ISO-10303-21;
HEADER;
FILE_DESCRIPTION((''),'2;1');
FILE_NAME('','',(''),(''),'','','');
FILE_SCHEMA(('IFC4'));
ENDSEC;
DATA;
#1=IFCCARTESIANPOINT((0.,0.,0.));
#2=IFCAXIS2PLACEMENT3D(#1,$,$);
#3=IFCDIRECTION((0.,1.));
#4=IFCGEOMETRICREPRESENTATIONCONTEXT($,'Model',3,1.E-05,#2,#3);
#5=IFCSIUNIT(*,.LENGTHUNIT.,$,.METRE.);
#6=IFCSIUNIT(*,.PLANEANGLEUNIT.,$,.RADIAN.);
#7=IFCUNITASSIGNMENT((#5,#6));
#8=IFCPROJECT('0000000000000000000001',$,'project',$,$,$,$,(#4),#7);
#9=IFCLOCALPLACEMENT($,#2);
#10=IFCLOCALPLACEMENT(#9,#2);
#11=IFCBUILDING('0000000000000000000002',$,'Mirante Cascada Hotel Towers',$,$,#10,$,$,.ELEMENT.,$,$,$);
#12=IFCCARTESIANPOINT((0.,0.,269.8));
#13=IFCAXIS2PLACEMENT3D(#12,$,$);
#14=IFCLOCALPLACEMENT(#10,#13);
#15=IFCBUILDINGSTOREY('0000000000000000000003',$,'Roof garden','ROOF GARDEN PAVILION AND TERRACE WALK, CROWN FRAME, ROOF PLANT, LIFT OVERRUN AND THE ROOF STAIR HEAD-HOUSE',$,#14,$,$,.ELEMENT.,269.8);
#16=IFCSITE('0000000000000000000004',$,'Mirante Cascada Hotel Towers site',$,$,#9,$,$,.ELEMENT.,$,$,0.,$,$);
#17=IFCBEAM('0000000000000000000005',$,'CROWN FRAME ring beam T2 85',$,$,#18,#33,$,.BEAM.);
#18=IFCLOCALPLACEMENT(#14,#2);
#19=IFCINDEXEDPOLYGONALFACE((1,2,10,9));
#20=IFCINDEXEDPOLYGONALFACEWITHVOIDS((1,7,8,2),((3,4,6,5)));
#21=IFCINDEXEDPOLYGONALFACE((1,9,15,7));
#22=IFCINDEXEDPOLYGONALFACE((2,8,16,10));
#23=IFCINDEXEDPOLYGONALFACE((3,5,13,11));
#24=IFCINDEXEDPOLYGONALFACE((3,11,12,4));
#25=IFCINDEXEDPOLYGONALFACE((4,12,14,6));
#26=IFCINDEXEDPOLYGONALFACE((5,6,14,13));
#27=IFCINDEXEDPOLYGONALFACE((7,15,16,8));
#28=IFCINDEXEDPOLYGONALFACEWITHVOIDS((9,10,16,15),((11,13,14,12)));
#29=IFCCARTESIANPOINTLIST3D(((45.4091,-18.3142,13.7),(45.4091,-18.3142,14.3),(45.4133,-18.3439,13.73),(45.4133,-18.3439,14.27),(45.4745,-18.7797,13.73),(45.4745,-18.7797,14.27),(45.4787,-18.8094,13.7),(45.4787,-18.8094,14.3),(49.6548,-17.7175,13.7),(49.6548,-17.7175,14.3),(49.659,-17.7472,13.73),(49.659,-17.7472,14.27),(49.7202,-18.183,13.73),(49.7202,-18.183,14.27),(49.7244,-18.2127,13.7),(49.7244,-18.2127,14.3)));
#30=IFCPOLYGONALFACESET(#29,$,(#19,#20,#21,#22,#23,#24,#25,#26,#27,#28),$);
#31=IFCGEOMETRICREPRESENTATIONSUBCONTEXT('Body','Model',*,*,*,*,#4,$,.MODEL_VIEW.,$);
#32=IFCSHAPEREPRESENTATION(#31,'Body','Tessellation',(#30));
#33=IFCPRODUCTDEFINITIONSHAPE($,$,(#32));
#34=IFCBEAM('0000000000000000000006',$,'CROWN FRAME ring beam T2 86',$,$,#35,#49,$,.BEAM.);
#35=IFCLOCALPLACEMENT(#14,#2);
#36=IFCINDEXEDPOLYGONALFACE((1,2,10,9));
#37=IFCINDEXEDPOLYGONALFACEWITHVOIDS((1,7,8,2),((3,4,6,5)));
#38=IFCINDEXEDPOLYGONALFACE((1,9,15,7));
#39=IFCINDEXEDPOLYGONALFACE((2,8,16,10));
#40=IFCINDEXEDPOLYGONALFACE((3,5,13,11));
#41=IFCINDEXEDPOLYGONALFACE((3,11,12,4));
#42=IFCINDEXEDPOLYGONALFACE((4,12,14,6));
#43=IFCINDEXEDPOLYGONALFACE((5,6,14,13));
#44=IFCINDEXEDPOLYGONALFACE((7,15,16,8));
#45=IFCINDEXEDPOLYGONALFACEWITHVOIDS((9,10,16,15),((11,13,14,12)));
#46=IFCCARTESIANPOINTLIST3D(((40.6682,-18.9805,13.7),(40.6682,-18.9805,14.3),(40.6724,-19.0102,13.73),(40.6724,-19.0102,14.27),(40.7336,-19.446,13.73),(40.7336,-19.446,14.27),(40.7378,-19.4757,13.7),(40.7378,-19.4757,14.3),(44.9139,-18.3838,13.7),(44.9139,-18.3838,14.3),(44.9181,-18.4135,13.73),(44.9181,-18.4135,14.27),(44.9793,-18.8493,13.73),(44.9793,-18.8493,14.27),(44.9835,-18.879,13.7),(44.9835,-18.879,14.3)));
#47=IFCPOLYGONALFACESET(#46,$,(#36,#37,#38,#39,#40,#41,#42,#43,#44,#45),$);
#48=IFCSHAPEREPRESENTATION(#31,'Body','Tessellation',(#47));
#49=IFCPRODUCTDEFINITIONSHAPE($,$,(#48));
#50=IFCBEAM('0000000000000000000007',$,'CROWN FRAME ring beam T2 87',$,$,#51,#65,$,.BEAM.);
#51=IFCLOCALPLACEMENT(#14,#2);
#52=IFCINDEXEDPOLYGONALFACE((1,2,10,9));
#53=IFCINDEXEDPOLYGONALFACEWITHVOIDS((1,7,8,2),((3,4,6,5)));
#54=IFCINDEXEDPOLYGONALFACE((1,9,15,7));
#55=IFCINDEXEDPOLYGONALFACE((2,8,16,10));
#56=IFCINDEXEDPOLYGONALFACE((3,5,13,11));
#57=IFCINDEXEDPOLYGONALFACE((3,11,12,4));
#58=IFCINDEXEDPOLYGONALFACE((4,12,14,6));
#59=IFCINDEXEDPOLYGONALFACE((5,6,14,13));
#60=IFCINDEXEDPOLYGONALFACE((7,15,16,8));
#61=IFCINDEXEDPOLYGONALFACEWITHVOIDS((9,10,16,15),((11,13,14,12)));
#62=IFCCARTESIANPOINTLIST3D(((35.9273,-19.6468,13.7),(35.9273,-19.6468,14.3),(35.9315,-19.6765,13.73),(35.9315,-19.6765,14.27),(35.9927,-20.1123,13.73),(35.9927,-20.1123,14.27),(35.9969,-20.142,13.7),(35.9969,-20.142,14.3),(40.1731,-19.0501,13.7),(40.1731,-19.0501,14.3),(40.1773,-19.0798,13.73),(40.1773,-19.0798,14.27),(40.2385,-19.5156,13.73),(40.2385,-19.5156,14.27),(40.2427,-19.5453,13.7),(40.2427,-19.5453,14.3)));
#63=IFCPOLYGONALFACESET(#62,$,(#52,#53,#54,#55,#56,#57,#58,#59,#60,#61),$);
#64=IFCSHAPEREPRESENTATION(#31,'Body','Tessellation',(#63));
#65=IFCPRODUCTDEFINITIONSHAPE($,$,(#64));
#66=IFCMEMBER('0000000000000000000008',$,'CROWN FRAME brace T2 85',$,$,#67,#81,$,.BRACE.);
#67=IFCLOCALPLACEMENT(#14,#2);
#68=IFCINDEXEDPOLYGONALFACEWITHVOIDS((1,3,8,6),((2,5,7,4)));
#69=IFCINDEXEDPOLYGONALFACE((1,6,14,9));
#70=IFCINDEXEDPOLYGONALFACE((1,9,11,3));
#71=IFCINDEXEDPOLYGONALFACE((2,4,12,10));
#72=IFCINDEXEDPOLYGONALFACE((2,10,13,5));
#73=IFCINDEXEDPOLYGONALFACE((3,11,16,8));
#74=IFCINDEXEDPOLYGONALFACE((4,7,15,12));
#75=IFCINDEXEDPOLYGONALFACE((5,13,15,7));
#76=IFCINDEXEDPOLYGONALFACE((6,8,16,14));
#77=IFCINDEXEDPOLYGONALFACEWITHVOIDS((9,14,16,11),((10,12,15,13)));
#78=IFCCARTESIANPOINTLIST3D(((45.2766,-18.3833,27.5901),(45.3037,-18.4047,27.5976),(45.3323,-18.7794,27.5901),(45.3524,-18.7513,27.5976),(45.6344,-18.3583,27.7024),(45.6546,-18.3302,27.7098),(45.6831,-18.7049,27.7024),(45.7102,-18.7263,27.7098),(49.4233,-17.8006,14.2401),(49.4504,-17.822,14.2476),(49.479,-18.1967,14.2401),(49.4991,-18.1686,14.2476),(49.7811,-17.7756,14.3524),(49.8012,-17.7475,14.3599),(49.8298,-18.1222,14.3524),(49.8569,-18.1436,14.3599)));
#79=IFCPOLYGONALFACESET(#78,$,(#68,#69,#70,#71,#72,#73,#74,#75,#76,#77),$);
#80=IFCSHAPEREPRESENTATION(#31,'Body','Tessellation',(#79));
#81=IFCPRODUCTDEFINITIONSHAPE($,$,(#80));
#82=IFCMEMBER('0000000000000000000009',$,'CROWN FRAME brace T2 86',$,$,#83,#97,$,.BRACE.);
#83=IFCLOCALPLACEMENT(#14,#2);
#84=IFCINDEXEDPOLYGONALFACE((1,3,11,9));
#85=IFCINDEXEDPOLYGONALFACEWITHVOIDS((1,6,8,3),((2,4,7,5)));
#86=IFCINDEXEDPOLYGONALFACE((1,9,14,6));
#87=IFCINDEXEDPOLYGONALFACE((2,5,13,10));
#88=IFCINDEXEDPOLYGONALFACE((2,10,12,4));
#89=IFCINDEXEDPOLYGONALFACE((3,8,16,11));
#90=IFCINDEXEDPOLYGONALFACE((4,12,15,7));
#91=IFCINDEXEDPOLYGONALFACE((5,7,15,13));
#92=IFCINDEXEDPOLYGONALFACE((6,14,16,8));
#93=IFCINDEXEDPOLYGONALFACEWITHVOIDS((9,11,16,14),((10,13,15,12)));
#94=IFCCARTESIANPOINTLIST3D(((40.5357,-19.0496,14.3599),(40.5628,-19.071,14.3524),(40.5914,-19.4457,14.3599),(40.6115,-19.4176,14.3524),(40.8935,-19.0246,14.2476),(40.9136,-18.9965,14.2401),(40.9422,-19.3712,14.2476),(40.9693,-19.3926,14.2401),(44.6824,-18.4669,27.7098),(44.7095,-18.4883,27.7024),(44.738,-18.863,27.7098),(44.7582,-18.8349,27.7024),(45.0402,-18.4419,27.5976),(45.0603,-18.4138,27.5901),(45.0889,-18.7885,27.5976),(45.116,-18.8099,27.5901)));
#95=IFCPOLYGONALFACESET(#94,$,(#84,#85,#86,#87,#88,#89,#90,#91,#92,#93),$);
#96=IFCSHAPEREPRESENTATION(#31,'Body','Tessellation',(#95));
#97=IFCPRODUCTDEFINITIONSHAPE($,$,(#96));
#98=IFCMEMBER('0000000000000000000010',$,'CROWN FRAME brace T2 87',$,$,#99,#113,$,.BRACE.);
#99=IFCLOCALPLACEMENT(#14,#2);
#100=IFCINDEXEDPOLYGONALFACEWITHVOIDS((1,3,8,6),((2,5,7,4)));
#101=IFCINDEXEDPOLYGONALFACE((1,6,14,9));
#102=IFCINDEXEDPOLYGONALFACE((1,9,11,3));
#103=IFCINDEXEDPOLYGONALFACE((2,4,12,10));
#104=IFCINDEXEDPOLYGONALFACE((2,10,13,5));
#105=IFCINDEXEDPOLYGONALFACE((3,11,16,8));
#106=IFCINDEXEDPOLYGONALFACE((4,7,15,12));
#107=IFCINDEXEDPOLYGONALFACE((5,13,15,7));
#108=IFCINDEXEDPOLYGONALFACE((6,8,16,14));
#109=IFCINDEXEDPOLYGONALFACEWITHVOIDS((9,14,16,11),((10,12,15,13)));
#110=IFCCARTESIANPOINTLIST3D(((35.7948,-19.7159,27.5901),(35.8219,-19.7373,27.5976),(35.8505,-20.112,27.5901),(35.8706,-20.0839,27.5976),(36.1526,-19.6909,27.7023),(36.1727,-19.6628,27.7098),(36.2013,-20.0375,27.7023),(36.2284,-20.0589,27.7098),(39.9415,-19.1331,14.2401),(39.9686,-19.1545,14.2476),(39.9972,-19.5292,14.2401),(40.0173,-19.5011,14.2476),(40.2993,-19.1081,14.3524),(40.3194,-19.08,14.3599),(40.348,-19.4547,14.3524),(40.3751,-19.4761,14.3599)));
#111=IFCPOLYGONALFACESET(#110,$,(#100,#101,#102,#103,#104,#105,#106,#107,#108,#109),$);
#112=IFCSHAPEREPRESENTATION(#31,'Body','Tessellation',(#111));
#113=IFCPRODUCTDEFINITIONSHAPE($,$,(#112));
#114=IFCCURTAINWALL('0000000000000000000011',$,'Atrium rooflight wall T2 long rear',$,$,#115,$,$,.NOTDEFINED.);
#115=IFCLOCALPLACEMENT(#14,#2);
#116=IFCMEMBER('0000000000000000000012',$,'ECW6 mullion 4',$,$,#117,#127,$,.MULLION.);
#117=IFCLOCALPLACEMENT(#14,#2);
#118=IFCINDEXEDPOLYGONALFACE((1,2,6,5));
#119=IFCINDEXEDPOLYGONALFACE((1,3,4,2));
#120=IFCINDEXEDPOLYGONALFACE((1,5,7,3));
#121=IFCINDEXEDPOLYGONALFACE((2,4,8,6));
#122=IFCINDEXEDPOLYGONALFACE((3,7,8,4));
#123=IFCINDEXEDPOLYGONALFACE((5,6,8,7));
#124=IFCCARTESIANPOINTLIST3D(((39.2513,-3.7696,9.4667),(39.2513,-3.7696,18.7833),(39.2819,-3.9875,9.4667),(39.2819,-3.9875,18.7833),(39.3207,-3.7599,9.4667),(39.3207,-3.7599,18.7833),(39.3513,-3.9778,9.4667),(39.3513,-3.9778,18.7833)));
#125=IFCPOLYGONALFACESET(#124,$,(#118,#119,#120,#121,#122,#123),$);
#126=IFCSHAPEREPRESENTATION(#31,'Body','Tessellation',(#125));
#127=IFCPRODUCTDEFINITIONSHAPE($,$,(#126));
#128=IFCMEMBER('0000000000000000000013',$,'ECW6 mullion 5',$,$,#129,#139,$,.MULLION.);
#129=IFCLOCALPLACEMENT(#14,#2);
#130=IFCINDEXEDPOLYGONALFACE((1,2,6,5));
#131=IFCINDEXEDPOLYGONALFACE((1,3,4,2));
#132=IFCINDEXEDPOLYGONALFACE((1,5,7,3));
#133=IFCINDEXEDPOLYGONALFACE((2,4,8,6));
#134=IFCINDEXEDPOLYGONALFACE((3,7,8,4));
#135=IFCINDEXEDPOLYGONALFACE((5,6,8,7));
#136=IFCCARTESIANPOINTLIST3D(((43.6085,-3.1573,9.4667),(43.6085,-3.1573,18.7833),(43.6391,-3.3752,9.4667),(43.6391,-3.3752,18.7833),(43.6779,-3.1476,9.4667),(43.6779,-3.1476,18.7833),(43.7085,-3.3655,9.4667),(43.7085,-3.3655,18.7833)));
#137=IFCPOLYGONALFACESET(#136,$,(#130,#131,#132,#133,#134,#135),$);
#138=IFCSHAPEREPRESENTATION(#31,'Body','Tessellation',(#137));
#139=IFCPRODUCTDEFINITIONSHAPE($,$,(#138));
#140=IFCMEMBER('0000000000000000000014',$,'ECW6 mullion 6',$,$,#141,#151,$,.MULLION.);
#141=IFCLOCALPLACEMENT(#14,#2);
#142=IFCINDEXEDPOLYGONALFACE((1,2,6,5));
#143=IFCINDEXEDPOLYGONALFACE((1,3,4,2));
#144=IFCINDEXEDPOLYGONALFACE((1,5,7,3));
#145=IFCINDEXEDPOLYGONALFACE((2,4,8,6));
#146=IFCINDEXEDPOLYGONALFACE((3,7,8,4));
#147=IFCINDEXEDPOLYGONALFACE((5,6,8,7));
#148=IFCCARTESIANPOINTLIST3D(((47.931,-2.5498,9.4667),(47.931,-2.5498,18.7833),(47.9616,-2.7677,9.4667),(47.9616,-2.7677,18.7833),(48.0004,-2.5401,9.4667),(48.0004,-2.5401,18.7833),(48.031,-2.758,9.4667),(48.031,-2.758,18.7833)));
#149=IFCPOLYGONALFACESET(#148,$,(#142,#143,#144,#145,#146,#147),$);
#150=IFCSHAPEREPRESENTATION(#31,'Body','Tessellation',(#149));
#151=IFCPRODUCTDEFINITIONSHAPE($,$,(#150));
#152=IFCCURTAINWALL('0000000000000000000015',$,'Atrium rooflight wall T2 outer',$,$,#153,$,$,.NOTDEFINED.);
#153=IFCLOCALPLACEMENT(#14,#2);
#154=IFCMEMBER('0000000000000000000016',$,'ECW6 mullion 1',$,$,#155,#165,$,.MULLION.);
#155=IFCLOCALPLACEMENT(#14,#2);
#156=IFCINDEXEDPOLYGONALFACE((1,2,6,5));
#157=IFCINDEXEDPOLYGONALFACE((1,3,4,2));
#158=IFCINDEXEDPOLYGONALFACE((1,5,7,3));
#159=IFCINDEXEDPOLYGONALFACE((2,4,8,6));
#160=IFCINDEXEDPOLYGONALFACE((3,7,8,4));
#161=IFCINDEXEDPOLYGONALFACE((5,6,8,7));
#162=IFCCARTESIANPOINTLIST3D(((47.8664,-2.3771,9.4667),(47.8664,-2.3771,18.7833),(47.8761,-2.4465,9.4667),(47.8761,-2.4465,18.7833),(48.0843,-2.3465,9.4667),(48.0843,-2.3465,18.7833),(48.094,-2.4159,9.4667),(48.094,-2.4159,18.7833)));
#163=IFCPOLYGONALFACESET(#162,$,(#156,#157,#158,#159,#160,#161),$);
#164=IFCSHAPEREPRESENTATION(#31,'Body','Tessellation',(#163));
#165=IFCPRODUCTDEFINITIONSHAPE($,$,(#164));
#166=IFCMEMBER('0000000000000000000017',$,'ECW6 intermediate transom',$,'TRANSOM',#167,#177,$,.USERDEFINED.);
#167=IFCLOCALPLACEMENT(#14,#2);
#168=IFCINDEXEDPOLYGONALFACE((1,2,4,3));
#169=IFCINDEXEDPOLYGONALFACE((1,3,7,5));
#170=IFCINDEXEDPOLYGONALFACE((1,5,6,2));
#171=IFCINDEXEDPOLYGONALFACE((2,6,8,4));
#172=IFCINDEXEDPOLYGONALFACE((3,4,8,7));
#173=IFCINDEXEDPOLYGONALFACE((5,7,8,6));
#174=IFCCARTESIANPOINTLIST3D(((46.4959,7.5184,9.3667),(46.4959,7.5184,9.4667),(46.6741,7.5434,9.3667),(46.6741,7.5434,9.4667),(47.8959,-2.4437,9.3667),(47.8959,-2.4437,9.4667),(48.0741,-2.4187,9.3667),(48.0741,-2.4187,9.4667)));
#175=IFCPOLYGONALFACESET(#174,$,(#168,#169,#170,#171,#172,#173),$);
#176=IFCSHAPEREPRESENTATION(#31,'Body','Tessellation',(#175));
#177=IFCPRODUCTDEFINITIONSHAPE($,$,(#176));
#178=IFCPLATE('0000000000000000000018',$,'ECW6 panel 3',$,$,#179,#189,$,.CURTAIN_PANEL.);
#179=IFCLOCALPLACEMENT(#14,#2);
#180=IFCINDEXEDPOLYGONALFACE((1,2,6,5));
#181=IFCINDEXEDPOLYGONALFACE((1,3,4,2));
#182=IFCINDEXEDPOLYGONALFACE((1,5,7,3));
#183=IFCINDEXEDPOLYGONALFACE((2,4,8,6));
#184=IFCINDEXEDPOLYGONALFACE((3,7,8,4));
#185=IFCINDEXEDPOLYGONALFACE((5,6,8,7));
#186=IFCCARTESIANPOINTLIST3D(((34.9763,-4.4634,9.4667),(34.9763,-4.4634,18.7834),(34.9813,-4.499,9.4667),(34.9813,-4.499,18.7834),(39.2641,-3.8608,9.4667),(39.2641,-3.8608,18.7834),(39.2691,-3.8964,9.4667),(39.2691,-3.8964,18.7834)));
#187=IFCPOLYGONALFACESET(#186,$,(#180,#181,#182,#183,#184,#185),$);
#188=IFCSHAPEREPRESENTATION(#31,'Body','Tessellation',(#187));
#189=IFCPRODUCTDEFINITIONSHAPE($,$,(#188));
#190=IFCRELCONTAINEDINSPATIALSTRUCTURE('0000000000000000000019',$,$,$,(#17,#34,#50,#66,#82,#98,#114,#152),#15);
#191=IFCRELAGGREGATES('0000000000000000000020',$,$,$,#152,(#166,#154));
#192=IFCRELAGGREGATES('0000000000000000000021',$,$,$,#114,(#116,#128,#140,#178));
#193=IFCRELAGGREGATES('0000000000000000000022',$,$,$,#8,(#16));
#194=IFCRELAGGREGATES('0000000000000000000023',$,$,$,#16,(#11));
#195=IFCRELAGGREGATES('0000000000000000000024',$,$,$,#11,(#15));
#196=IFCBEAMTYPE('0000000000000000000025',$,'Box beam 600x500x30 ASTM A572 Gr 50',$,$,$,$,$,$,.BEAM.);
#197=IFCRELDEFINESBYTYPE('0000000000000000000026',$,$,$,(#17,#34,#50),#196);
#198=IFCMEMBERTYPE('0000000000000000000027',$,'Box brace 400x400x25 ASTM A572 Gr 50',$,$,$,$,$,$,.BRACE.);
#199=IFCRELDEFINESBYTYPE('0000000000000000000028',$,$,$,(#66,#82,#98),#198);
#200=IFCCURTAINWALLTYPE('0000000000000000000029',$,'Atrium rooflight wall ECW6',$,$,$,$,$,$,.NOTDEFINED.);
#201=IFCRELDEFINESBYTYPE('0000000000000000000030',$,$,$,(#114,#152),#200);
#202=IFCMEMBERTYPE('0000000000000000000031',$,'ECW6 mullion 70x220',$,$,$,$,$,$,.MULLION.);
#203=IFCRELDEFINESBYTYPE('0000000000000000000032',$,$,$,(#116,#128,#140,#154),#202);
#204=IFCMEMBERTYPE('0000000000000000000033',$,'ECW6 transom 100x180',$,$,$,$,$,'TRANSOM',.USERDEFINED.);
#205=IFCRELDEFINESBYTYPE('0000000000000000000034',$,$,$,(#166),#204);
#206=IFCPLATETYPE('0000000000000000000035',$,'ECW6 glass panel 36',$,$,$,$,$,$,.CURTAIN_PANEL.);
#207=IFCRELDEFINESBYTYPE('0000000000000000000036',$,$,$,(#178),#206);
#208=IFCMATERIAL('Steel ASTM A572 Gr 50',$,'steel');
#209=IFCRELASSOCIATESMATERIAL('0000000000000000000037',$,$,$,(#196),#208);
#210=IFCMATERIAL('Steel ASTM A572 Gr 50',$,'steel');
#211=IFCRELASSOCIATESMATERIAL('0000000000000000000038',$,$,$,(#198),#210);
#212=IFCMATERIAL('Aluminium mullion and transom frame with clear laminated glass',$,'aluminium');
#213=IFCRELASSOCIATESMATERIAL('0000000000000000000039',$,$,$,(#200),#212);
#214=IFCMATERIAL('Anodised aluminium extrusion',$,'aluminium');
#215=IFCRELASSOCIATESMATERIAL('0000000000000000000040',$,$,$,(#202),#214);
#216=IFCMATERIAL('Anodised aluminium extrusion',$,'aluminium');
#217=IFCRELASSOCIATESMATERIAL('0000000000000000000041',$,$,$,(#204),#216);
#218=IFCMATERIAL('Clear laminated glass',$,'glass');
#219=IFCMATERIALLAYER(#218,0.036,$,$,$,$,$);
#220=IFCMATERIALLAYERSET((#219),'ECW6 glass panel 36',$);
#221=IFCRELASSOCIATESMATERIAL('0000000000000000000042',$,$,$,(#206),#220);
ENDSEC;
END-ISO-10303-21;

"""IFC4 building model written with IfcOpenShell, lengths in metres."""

from ifc_helpers import new_model, si_unit, direction, frame, origin, origin_2d, place, context, subcontext, project, spatial, rectangle, hollow_rectangle, extrude, material, layer, layer_set, material_profile, profile_set, type_object, element, aggregate, save


model = new_model("IFC4")

# Units and contexts
model_context = context("Model", 3, precision=1e-05, world=origin(), true_north=direction((0.0, 1.0)))
body_context = subcontext(model_context, "Body", "Model", "MODEL_VIEW")
ifc_project = project(units=[si_unit("LENGTHUNIT", "METRE"), si_unit("PLANEANGLEUNIT", "RADIAN")], contexts=[model_context])

# Site, building, storey
site_placement = place(None, origin())
site = spatial("IfcSite", under=ifc_project, at=site_placement, Name="Mirante Cascada Hotel Towers site", CompositionType="ELEMENT", RefElevation=0.0)
building_placement = place(site_placement, origin())
building = spatial("IfcBuilding", under=site, at=building_placement, Name="Mirante Cascada Hotel Towers", CompositionType="ELEMENT")
storey_placement = place(building_placement, frame((0.0, 0.0, 269.8)))
storey = spatial("IfcBuildingStorey", under=building, at=storey_placement, Name="Roof garden", Description="ROOF GARDEN PAVILION AND TERRACE WALK, CROWN FRAME, ROOF PLANT, LIFT OVERRUN AND THE ROOF STAIR HEAD-HOUSE", CompositionType="ELEMENT", Elevation=269.8)

# Beams
ifc_material_1 = material(Name="Steel ASTM A572 Gr 50", Category="steel")
ifc_material_profile_1 = material_profile(ifc_material_1, hollow_rectangle(XDim=0.5, YDim=0.6, WallThickness=0.03, at=origin_2d()), Name="Box beam 600x500x30 ASTM A572 Gr 50")
ifc_profile_set_1 = profile_set([ifc_material_profile_1], Name="Steel ASTM A572 Gr 50")
beam_type = type_object("IfcBeamType", Name="Box beam 600x500x30 ASTM A572 Gr 50", PredefinedType="BEAM", material=ifc_profile_set_1)
for number, where, z_axis, x_axis, name in (
    (1, (49.6896, -17.9651, 14.0), (-0.990268, -0.139174, 0.0), (0.139174, -0.990268, 0.0), "CROWN FRAME ring beam T2 85"),
    (2, (44.9487, -18.6314, 14.0), (-0.990268, -0.139174, 0.0), (0.139174, -0.990268, 0.0), "CROWN FRAME ring beam T2 86"),
):
    element("IfcBeam", number, at=place(storey_placement, frame(where, z_axis=z_axis, x_axis=x_axis)), inside=storey, type_object=beam_type, Name=name, PredefinedType="BEAM", context=body_context, shape_type="SweptSolid", body=[
        extrude(hollow_rectangle(XDim=0.5, YDim=0.6, WallThickness=0.03, at=origin_2d()), origin(), (0.0, 0.0, 1.0), 4.2874),
    ])
beam_placement = place(storey_placement, frame((40.2079, -19.2977, 14.0), z_axis=(-0.990268, -0.139171, 0.0), x_axis=(0.139171, -0.990268, 0.0)))
element("IfcBeam", 3, at=beam_placement, inside=storey, type_object=beam_type, Name="CROWN FRAME ring beam T2 87", PredefinedType="BEAM", context=body_context, shape_type="SweptSolid", body=[
    extrude(hollow_rectangle(XDim=0.5, YDim=0.6, WallThickness=0.03, at=origin_2d()), origin(), (0.0, 0.0, 1.0), 4.2875),
])

# Members
ifc_material_2 = material(Name="Steel ASTM A572 Gr 50", Category="steel")
ifc_material_profile_2 = material_profile(ifc_material_2, hollow_rectangle(XDim=0.4, YDim=0.4, WallThickness=0.025, at=origin_2d()), Name="Box brace 400x400x25 ASTM A572 Gr 50")
ifc_profile_set_2 = profile_set([ifc_material_profile_2], Name="Steel ASTM A572 Gr 50")
member_type_1 = type_object("IfcMemberType", Name="Box brace 400x400x25 ASTM A572 Gr 50", PredefinedType="BRACE", material=ifc_profile_set_2)
for number, where, z_axis, x_axis, name in (
    (4, (49.6401, -17.9721, 14.3), (-0.296376, -0.041647, 0.954163), (0.139154, -0.990271, 0.0), "CROWN FRAME brace T2 85"),
    (5, (40.7525, -19.2211, 14.3), (0.296376, 0.041647, 0.954163), (-0.139154, 0.990271, 0.0), "CROWN FRAME brace T2 86"),
    (6, (40.1583, -19.3046, 14.3), (-0.296376, -0.041654, 0.954162), (0.139178, -0.990267, 0.0), "CROWN FRAME brace T2 87"),
):
    element("IfcMember", number, at=place(storey_placement, frame(where, z_axis=z_axis, x_axis=x_axis)), inside=storey, type_object=member_type_1, Name=name, PredefinedType="BRACE", context=body_context, shape_type="SweptSolid", body=[
        extrude(hollow_rectangle(XDim=0.4, YDim=0.4, WallThickness=0.025, at=origin_2d()), origin(), (0.0, 0.0, 1.0), 13.9913),
    ])

# Curtain walls, members
ifc_material_3 = material(Name="Aluminium mullion and transom frame with clear laminated glass", Category="aluminium")
curtain_wall_type = type_object("IfcCurtainWallType", Name="Atrium rooflight wall ECW6", PredefinedType="NOTDEFINED", material=ifc_material_3)
curtain_wall_1_placement = place(storey_placement, origin())
curtain_wall_1 = element("IfcCurtainWall", 7, at=curtain_wall_1_placement, inside=storey, type_object=curtain_wall_type, Name="Atrium rooflight wall T2 long rear", PredefinedType="NOTDEFINED")
ifc_material_4 = material(Name="Anodised aluminium extrusion", Category="aluminium")
ifc_material_profile_3 = material_profile(ifc_material_4, rectangle(XDim=0.22, YDim=0.07, at=origin_2d()), Name="ECW6 MULLION 70x220")
ifc_profile_set_3 = profile_set([ifc_material_profile_3], Name="Anodised aluminium extrusion")
member_type_2 = type_object("IfcMemberType", Name="ECW6 mullion 70x220", PredefinedType="MULLION", material=ifc_profile_set_3)
member_1_placement = place(storey_placement, frame((39.3013, -3.8737, 9.4667), z_axis=(0.0, 0.0, 1.0), x_axis=(-0.139173, 0.990268, 0.0)))
member_1 = element("IfcMember", 8, at=member_1_placement, type_object=member_type_2, Name="ECW6 mullion 4", PredefinedType="MULLION", context=body_context, shape_type="SweptSolid", body=[
    extrude(rectangle(XDim=0.22, YDim=0.07, at=origin_2d()), origin(), (0.0, 0.0, 1.0), 9.3166),
])
member_2_placement = place(storey_placement, frame((43.6585, -3.2614, 9.4667), z_axis=(0.0, 0.0, 1.0), x_axis=(-0.139173, 0.990268, 0.0)))
member_2 = element("IfcMember", 9, at=member_2_placement, type_object=member_type_2, Name="ECW6 mullion 5", PredefinedType="MULLION", context=body_context, shape_type="SweptSolid", body=[
    extrude(rectangle(XDim=0.22, YDim=0.07, at=origin_2d()), origin(), (0.0, 0.0, 1.0), 9.3166),
])
member_3_placement = place(storey_placement, frame((47.981, -2.6539, 9.4667), z_axis=(0.0, 0.0, 1.0), x_axis=(-0.139173, 0.990268, 0.0)))
member_3 = element("IfcMember", 10, at=member_3_placement, type_object=member_type_2, Name="ECW6 mullion 6", PredefinedType="MULLION", context=body_context, shape_type="SweptSolid", body=[
    extrude(rectangle(XDim=0.22, YDim=0.07, at=origin_2d()), origin(), (0.0, 0.0, 1.0), 9.3166),
])
curtain_wall_2_placement = place(storey_placement, origin())
curtain_wall_2 = element("IfcCurtainWall", 11, at=curtain_wall_2_placement, inside=storey, type_object=curtain_wall_type, Name="Atrium rooflight wall T2 outer", PredefinedType="NOTDEFINED")
member_4_placement = place(storey_placement, frame((47.9802, -2.3965, 9.4667), z_axis=(0.0, 0.0, 1.0), x_axis=(-0.990268, -0.139173, 0.0)))
member_4 = element("IfcMember", 12, at=member_4_placement, type_object=member_type_2, Name="ECW6 mullion 1", PredefinedType="MULLION", context=body_context, shape_type="SweptSolid", body=[
    extrude(rectangle(XDim=0.22, YDim=0.07, at=origin_2d()), origin(), (0.0, 0.0, 1.0), 9.3166),
])
ifc_material_5 = material(Name="Anodised aluminium extrusion", Category="aluminium")
ifc_material_profile_4 = material_profile(ifc_material_5, rectangle(XDim=0.18, YDim=0.1, at=origin_2d()), Name="ECW6 TRANSOM 100x180")
ifc_profile_set_4 = profile_set([ifc_material_profile_4], Name="Anodised aluminium extrusion")
member_type_3 = type_object("IfcMemberType", Name="ECW6 transom 100x180", ElementType="TRANSOM", PredefinedType="USERDEFINED", material=ifc_profile_set_4)
member_5_placement = place(storey_placement, frame((47.985, -2.4312, 9.4167), z_axis=(-0.139165, 0.990269, 0.0), x_axis=(-0.990269, -0.139165, 0.0)))
member_5 = element("IfcMember", 13, at=member_5_placement, type_object=member_type_3, Name="ECW6 intermediate transom", ObjectType="TRANSOM", PredefinedType="USERDEFINED", context=body_context, shape_type="SweptSolid", body=[
    extrude(rectangle(XDim=0.18, YDim=0.1, at=origin_2d()), origin(), (0.0, 0.0, 1.0), 10.06),
])
aggregate(curtain_wall_2, [member_5, member_4])

# Plate
ifc_material_6 = material(Name="Clear laminated glass", Category="glass")
ifc_layer_1 = layer(ifc_material_6, 0.036)
ifc_layer_set_1 = layer_set([ifc_layer_1], Name="ECW6 glass panel 36")
plate_type = type_object("IfcPlateType", Name="ECW6 glass panel 36", PredefinedType="CURTAIN_PANEL", material=ifc_layer_set_1)
plate_1_placement = place(storey_placement, frame((37.1227, -4.1799, 9.4667), z_axis=(0.0, 0.0, 1.0), x_axis=(0.990268, 0.139173, 0.0)))
plate_1 = element("IfcPlate", 14, at=plate_1_placement, type_object=plate_type, Name="ECW6 panel 3", PredefinedType="CURTAIN_PANEL", context=body_context, shape_type="SweptSolid", body=[
    extrude(rectangle(XDim=4.33, YDim=0.036, at=origin_2d()), origin(), (0.0, 0.0, 1.0), 9.3167),
])
aggregate(curtain_wall_1, [member_1, member_2, member_3, plate_1])

save(model, "model.ifc")
